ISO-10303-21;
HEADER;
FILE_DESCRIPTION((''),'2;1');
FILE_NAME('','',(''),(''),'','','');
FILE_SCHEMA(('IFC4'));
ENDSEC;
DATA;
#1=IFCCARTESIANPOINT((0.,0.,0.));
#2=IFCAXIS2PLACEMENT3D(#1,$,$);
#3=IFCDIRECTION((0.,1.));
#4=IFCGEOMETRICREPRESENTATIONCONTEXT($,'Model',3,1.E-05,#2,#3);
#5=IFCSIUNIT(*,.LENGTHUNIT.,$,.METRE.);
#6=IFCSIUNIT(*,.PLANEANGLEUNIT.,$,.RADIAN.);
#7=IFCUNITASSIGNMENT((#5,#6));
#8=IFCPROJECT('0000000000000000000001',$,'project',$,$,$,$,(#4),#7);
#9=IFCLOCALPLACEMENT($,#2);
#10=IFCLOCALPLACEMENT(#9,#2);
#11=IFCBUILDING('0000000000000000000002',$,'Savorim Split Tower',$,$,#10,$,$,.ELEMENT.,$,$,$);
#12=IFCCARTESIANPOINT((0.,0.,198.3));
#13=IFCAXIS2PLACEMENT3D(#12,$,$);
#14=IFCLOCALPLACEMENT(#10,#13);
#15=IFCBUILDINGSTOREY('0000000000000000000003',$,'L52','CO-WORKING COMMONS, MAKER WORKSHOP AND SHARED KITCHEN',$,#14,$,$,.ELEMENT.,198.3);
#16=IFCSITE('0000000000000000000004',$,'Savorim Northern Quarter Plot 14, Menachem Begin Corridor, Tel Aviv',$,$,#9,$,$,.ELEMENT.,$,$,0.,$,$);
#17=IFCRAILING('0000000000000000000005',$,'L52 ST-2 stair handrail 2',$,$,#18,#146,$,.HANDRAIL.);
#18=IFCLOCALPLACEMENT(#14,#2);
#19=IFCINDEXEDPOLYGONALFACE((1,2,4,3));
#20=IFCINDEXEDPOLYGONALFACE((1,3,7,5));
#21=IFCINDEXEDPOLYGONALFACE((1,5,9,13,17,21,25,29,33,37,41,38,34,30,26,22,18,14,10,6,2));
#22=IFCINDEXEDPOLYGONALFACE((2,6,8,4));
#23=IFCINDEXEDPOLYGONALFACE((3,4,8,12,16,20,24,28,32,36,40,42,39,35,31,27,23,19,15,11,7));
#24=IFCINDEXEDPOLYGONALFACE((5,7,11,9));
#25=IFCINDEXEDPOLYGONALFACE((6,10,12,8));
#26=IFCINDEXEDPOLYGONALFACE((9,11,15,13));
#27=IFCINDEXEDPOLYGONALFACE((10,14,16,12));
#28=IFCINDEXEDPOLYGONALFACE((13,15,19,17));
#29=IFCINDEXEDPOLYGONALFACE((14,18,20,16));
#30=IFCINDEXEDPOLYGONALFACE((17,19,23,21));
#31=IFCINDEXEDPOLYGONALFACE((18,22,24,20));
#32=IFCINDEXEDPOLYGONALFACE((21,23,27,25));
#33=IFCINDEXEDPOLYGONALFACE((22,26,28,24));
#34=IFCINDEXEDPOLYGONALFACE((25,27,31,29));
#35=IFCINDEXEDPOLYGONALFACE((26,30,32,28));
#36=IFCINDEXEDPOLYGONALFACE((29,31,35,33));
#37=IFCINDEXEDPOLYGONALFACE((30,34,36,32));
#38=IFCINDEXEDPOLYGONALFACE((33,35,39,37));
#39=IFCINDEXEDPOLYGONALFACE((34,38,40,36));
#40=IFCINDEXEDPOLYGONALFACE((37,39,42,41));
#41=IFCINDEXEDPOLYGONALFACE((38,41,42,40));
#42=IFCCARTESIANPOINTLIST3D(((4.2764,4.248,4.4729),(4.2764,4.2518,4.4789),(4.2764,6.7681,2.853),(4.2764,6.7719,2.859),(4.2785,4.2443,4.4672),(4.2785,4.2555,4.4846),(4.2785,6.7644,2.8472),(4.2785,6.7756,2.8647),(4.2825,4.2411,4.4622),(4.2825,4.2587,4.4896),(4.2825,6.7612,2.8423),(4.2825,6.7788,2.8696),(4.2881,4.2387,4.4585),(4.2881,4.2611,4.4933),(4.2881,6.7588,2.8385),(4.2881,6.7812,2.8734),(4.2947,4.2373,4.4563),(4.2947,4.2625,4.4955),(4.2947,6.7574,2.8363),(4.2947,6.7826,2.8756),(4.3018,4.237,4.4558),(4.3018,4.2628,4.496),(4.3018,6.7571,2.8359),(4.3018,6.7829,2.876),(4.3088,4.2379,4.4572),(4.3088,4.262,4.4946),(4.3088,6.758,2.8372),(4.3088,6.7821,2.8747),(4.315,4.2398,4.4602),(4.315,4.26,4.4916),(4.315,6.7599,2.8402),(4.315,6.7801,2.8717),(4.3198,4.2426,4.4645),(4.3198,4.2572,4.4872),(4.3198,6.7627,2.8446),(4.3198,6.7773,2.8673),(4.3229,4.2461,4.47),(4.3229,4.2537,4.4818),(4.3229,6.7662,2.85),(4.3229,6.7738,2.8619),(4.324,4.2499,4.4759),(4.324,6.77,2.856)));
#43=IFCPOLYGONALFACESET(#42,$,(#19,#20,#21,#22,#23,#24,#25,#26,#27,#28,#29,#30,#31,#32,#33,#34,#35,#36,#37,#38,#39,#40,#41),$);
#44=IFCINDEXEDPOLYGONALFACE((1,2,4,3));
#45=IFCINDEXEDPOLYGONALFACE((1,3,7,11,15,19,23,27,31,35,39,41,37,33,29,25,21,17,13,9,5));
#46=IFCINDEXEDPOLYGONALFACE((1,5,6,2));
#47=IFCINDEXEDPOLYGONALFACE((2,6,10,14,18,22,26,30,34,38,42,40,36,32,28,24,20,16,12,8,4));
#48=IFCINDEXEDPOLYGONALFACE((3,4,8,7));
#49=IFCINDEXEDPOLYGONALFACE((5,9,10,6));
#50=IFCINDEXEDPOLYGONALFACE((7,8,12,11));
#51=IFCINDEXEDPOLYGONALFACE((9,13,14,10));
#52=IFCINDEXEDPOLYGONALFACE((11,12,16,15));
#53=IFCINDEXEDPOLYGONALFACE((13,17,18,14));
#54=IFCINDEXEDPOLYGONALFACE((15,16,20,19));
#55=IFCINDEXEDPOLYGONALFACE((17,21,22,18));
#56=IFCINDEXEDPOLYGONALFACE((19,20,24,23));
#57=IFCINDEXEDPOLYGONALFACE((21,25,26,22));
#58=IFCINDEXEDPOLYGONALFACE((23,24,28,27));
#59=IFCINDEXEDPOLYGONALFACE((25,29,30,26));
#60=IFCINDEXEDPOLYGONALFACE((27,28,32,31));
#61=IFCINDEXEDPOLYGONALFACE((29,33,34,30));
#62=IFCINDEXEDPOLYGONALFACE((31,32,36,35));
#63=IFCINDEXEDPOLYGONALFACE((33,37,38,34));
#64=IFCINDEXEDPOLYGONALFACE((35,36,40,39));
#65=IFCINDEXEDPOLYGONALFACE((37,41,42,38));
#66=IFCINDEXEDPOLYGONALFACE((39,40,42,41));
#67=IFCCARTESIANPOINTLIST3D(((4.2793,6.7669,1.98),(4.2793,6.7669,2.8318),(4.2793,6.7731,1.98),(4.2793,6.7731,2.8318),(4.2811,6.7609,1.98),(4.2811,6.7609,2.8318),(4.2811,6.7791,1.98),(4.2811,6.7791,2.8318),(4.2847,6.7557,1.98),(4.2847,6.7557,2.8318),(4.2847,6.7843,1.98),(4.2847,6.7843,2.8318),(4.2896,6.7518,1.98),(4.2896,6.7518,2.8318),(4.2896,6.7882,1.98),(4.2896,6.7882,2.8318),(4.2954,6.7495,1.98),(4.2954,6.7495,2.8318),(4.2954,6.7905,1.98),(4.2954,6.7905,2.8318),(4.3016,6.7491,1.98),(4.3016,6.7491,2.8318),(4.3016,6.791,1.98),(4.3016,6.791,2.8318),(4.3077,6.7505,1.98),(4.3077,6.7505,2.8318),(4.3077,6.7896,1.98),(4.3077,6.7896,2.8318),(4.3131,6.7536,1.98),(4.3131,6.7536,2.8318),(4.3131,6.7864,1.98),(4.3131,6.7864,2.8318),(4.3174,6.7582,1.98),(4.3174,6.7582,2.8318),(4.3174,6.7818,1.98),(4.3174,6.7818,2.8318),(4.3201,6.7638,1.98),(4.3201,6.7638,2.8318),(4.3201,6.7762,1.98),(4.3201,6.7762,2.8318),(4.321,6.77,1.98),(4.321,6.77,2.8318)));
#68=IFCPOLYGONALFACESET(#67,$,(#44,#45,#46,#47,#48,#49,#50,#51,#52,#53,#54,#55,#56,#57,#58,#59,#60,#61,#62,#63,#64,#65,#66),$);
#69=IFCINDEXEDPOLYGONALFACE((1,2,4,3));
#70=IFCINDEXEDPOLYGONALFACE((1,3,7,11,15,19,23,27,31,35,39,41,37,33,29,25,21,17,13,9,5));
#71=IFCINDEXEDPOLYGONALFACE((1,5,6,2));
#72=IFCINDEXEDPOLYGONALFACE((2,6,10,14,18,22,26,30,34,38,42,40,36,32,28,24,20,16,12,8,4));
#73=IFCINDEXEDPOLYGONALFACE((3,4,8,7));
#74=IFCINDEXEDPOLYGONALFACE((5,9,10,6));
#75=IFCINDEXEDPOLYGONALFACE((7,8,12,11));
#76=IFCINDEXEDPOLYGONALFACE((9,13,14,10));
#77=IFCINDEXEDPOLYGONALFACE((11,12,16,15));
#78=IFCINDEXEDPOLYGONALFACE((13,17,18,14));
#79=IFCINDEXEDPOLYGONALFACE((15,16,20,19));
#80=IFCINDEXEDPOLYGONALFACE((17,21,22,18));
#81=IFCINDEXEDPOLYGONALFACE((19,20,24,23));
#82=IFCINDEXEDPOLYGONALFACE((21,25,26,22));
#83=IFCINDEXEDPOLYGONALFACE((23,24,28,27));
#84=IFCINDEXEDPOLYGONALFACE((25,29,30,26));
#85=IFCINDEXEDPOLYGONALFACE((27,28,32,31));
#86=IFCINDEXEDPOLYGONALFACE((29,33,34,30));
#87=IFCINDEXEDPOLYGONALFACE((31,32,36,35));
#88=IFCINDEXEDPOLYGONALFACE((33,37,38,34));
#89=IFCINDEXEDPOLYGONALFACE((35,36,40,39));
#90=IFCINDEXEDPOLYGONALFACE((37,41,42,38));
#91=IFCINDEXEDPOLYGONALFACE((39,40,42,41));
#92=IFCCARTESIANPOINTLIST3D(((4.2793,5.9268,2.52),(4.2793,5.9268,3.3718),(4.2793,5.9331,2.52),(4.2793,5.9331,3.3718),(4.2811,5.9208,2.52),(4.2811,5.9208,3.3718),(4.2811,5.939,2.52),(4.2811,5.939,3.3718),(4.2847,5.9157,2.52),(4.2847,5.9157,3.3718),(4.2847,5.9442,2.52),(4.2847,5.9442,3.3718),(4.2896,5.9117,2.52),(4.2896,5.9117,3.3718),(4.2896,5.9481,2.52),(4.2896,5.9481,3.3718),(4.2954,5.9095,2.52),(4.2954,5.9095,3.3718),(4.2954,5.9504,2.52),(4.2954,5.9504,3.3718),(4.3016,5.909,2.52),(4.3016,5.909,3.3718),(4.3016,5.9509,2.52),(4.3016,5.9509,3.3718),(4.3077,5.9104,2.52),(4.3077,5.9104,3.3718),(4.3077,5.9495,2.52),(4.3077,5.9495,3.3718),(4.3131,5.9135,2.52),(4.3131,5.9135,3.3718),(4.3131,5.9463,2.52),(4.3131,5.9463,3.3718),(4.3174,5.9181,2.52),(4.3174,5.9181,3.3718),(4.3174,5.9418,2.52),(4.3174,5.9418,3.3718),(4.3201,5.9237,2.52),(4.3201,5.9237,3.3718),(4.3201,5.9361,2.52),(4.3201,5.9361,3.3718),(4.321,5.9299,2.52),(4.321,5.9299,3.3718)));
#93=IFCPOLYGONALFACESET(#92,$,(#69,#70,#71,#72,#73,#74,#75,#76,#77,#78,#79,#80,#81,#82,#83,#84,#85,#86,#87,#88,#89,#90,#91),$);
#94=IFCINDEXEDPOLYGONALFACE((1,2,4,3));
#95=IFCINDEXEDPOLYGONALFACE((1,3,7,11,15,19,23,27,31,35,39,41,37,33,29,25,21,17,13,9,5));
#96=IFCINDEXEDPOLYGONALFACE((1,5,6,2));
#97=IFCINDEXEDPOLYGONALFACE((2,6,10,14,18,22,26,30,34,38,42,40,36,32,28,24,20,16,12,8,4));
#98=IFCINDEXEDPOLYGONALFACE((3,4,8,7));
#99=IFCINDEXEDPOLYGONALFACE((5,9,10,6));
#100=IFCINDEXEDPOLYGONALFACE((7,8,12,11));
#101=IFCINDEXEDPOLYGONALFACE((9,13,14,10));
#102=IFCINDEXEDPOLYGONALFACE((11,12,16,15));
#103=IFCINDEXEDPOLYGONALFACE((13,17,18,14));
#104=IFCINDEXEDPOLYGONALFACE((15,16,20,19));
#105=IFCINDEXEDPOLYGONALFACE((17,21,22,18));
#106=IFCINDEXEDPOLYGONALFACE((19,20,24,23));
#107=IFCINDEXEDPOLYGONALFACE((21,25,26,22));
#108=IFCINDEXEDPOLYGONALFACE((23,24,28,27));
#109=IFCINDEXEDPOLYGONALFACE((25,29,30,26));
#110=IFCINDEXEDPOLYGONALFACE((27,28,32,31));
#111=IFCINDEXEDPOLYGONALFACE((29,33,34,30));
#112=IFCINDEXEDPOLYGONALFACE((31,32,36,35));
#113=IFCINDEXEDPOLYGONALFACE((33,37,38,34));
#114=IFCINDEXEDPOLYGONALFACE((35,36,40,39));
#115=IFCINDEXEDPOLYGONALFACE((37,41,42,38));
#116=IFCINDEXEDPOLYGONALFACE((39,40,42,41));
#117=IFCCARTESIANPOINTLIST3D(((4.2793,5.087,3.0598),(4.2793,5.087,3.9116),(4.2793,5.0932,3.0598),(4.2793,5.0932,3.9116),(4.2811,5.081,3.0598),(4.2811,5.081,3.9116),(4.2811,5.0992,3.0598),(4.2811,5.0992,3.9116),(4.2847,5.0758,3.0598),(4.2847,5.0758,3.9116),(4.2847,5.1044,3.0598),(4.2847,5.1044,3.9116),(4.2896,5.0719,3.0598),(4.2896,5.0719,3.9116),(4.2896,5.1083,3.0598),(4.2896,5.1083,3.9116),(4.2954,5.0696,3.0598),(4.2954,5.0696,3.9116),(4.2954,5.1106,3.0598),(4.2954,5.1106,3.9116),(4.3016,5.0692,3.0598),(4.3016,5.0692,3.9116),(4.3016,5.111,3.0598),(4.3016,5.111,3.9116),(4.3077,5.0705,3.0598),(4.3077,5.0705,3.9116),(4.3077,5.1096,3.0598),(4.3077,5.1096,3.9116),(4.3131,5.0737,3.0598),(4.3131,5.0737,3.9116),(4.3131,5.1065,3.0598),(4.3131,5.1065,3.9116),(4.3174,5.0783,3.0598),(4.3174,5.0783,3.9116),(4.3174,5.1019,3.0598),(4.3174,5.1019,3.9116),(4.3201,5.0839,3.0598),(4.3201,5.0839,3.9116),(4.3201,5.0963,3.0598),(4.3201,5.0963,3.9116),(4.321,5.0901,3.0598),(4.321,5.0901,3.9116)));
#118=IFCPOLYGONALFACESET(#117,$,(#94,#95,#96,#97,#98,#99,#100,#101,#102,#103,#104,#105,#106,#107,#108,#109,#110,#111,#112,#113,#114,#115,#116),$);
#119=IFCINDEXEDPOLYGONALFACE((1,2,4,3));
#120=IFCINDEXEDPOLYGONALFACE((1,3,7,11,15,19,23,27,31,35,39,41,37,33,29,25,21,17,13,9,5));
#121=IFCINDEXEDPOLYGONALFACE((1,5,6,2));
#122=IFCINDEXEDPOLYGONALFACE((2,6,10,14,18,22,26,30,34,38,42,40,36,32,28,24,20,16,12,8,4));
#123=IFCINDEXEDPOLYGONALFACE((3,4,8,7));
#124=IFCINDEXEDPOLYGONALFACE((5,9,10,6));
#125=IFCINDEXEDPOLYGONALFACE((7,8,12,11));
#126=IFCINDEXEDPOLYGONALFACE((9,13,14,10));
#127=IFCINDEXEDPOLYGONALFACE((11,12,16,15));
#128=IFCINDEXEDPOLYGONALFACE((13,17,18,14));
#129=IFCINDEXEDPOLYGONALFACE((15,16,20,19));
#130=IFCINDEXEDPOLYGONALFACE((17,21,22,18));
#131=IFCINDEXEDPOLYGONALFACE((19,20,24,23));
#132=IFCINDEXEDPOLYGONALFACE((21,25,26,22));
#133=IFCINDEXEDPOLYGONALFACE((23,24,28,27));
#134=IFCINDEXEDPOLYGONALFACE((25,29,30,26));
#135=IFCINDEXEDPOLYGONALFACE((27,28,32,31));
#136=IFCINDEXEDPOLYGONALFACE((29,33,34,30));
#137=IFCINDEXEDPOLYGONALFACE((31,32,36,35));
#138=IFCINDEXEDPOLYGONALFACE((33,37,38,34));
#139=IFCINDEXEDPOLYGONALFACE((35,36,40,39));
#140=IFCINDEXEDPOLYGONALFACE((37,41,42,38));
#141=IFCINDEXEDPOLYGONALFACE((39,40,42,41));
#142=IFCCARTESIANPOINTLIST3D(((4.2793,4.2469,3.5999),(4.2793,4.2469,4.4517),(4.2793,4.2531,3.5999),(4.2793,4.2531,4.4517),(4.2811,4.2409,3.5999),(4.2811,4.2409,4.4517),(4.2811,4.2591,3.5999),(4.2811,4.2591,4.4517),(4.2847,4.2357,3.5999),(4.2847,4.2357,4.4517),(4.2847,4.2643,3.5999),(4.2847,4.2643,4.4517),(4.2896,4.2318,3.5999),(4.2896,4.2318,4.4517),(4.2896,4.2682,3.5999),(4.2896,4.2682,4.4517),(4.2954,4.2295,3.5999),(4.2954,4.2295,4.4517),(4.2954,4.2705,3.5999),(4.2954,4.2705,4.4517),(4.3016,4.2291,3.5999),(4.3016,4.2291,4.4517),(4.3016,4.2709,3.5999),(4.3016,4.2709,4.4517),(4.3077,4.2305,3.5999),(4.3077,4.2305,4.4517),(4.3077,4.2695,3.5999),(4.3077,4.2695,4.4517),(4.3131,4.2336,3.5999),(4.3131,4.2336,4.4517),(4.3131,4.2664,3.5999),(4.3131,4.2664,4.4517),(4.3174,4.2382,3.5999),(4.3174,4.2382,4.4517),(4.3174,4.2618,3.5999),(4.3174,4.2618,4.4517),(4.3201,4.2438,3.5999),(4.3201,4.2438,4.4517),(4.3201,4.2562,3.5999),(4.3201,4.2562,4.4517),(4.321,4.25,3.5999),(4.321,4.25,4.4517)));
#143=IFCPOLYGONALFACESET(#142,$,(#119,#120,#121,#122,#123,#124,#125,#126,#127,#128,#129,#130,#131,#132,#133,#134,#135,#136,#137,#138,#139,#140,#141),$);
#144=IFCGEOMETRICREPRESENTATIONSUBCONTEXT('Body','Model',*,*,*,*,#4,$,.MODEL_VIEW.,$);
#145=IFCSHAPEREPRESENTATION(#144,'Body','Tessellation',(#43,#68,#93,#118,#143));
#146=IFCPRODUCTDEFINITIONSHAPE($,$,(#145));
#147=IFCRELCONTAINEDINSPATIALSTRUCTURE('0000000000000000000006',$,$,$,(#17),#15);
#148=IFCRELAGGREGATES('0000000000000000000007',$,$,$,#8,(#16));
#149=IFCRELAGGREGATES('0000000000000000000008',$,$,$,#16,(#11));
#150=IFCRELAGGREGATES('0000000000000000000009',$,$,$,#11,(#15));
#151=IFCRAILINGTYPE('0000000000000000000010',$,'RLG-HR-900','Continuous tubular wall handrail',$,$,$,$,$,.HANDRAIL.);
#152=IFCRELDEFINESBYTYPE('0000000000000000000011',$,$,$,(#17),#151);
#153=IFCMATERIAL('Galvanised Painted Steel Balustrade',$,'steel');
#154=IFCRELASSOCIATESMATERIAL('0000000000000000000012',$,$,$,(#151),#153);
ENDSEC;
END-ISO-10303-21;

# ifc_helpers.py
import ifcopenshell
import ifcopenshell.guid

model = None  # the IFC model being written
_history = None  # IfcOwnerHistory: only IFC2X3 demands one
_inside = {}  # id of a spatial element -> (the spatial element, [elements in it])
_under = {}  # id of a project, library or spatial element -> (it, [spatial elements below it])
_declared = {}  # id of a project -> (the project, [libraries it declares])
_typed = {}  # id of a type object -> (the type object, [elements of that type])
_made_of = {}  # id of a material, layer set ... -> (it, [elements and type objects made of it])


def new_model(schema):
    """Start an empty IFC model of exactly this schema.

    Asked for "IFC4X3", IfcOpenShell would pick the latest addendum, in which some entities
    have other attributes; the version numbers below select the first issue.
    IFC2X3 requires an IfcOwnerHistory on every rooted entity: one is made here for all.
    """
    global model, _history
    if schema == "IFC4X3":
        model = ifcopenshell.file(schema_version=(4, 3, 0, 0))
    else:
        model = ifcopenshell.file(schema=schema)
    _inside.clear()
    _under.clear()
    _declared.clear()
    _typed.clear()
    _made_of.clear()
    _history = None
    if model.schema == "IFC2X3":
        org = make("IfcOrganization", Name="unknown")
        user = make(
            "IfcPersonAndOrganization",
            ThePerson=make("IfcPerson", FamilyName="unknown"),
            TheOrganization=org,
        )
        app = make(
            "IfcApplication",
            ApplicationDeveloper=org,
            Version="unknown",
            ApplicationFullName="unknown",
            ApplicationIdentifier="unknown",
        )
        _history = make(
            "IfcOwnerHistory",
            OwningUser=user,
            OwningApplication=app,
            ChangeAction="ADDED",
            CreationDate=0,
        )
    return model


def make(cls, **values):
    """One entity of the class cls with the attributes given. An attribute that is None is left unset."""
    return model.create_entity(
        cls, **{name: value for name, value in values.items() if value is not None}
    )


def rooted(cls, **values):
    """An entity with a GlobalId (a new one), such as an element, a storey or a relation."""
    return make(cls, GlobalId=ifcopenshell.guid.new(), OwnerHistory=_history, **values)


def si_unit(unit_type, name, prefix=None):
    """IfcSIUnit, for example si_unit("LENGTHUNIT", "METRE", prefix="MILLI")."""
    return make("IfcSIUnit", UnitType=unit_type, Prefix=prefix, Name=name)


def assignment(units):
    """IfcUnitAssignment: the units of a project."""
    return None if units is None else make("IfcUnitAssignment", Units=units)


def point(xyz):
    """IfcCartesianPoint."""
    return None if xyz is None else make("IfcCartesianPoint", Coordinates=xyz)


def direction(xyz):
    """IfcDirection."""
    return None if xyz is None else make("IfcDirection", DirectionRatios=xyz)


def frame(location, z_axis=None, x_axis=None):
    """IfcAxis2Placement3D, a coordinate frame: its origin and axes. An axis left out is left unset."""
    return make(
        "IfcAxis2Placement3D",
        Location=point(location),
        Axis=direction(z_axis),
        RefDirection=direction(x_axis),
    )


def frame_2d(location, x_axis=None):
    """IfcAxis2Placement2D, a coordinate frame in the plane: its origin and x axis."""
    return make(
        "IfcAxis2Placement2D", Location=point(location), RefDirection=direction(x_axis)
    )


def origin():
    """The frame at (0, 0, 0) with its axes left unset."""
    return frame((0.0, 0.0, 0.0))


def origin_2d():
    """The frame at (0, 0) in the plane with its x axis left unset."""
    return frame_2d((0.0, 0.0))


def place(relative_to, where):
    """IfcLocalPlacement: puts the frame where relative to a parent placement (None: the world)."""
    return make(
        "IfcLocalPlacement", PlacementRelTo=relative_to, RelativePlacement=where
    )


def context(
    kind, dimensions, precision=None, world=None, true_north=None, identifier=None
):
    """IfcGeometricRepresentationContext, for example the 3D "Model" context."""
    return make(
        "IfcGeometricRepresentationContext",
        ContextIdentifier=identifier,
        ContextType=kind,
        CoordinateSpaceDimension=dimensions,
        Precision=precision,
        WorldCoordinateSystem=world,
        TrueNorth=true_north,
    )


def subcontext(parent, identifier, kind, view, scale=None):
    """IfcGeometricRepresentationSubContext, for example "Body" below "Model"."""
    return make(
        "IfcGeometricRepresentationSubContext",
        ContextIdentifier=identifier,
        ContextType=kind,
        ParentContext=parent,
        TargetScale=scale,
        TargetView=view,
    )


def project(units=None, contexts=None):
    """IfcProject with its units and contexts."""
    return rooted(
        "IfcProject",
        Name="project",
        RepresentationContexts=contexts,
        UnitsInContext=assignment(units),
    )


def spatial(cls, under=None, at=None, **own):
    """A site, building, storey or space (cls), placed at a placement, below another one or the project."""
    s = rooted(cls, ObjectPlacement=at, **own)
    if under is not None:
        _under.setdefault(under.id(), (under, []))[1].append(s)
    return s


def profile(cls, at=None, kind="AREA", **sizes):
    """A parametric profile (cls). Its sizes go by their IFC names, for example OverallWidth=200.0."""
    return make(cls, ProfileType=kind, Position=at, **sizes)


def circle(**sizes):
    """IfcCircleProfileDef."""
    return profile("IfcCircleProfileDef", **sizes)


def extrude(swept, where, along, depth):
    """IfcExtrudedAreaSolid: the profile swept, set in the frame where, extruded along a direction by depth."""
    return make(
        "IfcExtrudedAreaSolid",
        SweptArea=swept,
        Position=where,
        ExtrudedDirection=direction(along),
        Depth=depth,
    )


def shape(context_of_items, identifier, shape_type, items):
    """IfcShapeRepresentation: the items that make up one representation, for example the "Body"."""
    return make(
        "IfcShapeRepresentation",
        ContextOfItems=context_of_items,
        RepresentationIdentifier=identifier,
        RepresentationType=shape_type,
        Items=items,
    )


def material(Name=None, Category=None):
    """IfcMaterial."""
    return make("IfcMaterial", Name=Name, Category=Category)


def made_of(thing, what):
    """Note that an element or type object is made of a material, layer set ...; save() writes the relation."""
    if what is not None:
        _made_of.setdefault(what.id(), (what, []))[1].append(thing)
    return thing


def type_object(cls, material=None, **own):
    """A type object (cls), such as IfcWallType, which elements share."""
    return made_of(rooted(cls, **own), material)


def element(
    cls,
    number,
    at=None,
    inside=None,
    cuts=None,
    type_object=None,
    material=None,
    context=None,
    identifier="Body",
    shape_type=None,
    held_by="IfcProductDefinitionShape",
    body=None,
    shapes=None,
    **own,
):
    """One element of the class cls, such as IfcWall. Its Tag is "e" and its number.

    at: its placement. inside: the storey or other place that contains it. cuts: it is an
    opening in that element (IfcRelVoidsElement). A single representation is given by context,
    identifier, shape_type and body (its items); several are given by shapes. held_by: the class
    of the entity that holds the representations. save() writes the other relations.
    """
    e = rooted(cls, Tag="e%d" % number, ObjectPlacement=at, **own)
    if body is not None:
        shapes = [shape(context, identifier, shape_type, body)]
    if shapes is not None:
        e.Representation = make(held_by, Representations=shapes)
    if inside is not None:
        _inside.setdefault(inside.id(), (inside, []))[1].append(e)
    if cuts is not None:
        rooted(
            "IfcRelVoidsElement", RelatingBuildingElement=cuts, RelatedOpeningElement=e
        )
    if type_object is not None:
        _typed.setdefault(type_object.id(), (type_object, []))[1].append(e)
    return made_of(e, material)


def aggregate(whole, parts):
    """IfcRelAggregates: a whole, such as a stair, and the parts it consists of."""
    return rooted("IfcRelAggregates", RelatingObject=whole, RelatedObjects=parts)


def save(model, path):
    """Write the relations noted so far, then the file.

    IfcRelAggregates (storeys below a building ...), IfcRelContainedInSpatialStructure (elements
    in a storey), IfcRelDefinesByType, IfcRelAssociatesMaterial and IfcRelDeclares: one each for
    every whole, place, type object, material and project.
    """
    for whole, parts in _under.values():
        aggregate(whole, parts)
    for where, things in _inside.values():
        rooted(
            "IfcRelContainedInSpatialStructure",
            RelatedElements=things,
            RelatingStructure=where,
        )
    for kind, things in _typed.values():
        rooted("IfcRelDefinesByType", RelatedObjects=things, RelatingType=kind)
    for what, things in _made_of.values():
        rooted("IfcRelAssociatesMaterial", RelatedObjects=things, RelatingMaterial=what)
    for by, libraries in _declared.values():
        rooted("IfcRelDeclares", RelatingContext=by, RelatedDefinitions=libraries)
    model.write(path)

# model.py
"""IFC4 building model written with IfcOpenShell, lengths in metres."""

from ifc_helpers import new_model, si_unit, direction, frame, origin, origin_2d, place, context, subcontext, project, spatial, circle, extrude, material, type_object, element, save


model = new_model("IFC4")

# Units and contexts
model_context = context("Model", 3, precision=1e-05, world=origin(), true_north=direction((0.0, 1.0)))
body_context = subcontext(model_context, "Body", "Model", "MODEL_VIEW")
ifc_project = project(units=[si_unit("LENGTHUNIT", "METRE"), si_unit("PLANEANGLEUNIT", "RADIAN")], contexts=[model_context])

# Site, building, storey
site_placement = place(None, origin())
site = spatial("IfcSite", under=ifc_project, at=site_placement, Name="Savorim Northern Quarter Plot 14, Menachem Begin Corridor, Tel Aviv", CompositionType="ELEMENT", RefElevation=0.0)
building_placement = place(site_placement, origin())
building = spatial("IfcBuilding", under=site, at=building_placement, Name="Savorim Split Tower", CompositionType="ELEMENT")
storey_placement = place(building_placement, frame((0.0, 0.0, 198.3)))
storey = spatial("IfcBuildingStorey", under=building, at=storey_placement, Name="L52", Description="CO-WORKING COMMONS, MAKER WORKSHOP AND SHARED KITCHEN", CompositionType="ELEMENT", Elevation=198.3)

# Railing
ifc_material_1 = material(Name="Galvanised Painted Steel Balustrade", Category="steel")
railing_type_1 = type_object("IfcRailingType", Name="RLG-HR-900", Description="Continuous tubular wall handrail", PredefinedType="HANDRAIL", material=ifc_material_1)
railing_1_placement = place(storey_placement, frame((4.3, 6.77, 1.98)))
element("IfcRailing", 1, at=railing_1_placement, inside=storey, type_object=railing_type_1, Name="L52 ST-2 stair handrail 2", PredefinedType="HANDRAIL", context=body_context, shape_type="SweptSolid", body=[
    extrude(circle(Radius=0.0239, at=origin_2d()), frame((0.0, 0.0, 0.876), z_axis=(0.0, -0.8412, 0.540725), x_axis=(1.0, 0.0, 0.0)), (0.0, 0.0, 1.0), 2.9958),
    extrude(circle(Radius=0.021, at=origin_2d()), origin(), (0.0, 0.0, 1.0), 0.8518),
    extrude(circle(Radius=0.021, at=origin_2d()), frame((0.0, -0.8401, 0.54)), (0.0, 0.0, 1.0), 0.8518),
    extrude(circle(Radius=0.021, at=origin_2d()), frame((0.0, -1.6799, 1.0798)), (0.0, 0.0, 1.0), 0.8518),
    extrude(circle(Radius=0.021, at=origin_2d()), frame((0.0, -2.52, 1.6199)), (0.0, 0.0, 1.0), 0.8518),
])

save(model, "model.ifc")
